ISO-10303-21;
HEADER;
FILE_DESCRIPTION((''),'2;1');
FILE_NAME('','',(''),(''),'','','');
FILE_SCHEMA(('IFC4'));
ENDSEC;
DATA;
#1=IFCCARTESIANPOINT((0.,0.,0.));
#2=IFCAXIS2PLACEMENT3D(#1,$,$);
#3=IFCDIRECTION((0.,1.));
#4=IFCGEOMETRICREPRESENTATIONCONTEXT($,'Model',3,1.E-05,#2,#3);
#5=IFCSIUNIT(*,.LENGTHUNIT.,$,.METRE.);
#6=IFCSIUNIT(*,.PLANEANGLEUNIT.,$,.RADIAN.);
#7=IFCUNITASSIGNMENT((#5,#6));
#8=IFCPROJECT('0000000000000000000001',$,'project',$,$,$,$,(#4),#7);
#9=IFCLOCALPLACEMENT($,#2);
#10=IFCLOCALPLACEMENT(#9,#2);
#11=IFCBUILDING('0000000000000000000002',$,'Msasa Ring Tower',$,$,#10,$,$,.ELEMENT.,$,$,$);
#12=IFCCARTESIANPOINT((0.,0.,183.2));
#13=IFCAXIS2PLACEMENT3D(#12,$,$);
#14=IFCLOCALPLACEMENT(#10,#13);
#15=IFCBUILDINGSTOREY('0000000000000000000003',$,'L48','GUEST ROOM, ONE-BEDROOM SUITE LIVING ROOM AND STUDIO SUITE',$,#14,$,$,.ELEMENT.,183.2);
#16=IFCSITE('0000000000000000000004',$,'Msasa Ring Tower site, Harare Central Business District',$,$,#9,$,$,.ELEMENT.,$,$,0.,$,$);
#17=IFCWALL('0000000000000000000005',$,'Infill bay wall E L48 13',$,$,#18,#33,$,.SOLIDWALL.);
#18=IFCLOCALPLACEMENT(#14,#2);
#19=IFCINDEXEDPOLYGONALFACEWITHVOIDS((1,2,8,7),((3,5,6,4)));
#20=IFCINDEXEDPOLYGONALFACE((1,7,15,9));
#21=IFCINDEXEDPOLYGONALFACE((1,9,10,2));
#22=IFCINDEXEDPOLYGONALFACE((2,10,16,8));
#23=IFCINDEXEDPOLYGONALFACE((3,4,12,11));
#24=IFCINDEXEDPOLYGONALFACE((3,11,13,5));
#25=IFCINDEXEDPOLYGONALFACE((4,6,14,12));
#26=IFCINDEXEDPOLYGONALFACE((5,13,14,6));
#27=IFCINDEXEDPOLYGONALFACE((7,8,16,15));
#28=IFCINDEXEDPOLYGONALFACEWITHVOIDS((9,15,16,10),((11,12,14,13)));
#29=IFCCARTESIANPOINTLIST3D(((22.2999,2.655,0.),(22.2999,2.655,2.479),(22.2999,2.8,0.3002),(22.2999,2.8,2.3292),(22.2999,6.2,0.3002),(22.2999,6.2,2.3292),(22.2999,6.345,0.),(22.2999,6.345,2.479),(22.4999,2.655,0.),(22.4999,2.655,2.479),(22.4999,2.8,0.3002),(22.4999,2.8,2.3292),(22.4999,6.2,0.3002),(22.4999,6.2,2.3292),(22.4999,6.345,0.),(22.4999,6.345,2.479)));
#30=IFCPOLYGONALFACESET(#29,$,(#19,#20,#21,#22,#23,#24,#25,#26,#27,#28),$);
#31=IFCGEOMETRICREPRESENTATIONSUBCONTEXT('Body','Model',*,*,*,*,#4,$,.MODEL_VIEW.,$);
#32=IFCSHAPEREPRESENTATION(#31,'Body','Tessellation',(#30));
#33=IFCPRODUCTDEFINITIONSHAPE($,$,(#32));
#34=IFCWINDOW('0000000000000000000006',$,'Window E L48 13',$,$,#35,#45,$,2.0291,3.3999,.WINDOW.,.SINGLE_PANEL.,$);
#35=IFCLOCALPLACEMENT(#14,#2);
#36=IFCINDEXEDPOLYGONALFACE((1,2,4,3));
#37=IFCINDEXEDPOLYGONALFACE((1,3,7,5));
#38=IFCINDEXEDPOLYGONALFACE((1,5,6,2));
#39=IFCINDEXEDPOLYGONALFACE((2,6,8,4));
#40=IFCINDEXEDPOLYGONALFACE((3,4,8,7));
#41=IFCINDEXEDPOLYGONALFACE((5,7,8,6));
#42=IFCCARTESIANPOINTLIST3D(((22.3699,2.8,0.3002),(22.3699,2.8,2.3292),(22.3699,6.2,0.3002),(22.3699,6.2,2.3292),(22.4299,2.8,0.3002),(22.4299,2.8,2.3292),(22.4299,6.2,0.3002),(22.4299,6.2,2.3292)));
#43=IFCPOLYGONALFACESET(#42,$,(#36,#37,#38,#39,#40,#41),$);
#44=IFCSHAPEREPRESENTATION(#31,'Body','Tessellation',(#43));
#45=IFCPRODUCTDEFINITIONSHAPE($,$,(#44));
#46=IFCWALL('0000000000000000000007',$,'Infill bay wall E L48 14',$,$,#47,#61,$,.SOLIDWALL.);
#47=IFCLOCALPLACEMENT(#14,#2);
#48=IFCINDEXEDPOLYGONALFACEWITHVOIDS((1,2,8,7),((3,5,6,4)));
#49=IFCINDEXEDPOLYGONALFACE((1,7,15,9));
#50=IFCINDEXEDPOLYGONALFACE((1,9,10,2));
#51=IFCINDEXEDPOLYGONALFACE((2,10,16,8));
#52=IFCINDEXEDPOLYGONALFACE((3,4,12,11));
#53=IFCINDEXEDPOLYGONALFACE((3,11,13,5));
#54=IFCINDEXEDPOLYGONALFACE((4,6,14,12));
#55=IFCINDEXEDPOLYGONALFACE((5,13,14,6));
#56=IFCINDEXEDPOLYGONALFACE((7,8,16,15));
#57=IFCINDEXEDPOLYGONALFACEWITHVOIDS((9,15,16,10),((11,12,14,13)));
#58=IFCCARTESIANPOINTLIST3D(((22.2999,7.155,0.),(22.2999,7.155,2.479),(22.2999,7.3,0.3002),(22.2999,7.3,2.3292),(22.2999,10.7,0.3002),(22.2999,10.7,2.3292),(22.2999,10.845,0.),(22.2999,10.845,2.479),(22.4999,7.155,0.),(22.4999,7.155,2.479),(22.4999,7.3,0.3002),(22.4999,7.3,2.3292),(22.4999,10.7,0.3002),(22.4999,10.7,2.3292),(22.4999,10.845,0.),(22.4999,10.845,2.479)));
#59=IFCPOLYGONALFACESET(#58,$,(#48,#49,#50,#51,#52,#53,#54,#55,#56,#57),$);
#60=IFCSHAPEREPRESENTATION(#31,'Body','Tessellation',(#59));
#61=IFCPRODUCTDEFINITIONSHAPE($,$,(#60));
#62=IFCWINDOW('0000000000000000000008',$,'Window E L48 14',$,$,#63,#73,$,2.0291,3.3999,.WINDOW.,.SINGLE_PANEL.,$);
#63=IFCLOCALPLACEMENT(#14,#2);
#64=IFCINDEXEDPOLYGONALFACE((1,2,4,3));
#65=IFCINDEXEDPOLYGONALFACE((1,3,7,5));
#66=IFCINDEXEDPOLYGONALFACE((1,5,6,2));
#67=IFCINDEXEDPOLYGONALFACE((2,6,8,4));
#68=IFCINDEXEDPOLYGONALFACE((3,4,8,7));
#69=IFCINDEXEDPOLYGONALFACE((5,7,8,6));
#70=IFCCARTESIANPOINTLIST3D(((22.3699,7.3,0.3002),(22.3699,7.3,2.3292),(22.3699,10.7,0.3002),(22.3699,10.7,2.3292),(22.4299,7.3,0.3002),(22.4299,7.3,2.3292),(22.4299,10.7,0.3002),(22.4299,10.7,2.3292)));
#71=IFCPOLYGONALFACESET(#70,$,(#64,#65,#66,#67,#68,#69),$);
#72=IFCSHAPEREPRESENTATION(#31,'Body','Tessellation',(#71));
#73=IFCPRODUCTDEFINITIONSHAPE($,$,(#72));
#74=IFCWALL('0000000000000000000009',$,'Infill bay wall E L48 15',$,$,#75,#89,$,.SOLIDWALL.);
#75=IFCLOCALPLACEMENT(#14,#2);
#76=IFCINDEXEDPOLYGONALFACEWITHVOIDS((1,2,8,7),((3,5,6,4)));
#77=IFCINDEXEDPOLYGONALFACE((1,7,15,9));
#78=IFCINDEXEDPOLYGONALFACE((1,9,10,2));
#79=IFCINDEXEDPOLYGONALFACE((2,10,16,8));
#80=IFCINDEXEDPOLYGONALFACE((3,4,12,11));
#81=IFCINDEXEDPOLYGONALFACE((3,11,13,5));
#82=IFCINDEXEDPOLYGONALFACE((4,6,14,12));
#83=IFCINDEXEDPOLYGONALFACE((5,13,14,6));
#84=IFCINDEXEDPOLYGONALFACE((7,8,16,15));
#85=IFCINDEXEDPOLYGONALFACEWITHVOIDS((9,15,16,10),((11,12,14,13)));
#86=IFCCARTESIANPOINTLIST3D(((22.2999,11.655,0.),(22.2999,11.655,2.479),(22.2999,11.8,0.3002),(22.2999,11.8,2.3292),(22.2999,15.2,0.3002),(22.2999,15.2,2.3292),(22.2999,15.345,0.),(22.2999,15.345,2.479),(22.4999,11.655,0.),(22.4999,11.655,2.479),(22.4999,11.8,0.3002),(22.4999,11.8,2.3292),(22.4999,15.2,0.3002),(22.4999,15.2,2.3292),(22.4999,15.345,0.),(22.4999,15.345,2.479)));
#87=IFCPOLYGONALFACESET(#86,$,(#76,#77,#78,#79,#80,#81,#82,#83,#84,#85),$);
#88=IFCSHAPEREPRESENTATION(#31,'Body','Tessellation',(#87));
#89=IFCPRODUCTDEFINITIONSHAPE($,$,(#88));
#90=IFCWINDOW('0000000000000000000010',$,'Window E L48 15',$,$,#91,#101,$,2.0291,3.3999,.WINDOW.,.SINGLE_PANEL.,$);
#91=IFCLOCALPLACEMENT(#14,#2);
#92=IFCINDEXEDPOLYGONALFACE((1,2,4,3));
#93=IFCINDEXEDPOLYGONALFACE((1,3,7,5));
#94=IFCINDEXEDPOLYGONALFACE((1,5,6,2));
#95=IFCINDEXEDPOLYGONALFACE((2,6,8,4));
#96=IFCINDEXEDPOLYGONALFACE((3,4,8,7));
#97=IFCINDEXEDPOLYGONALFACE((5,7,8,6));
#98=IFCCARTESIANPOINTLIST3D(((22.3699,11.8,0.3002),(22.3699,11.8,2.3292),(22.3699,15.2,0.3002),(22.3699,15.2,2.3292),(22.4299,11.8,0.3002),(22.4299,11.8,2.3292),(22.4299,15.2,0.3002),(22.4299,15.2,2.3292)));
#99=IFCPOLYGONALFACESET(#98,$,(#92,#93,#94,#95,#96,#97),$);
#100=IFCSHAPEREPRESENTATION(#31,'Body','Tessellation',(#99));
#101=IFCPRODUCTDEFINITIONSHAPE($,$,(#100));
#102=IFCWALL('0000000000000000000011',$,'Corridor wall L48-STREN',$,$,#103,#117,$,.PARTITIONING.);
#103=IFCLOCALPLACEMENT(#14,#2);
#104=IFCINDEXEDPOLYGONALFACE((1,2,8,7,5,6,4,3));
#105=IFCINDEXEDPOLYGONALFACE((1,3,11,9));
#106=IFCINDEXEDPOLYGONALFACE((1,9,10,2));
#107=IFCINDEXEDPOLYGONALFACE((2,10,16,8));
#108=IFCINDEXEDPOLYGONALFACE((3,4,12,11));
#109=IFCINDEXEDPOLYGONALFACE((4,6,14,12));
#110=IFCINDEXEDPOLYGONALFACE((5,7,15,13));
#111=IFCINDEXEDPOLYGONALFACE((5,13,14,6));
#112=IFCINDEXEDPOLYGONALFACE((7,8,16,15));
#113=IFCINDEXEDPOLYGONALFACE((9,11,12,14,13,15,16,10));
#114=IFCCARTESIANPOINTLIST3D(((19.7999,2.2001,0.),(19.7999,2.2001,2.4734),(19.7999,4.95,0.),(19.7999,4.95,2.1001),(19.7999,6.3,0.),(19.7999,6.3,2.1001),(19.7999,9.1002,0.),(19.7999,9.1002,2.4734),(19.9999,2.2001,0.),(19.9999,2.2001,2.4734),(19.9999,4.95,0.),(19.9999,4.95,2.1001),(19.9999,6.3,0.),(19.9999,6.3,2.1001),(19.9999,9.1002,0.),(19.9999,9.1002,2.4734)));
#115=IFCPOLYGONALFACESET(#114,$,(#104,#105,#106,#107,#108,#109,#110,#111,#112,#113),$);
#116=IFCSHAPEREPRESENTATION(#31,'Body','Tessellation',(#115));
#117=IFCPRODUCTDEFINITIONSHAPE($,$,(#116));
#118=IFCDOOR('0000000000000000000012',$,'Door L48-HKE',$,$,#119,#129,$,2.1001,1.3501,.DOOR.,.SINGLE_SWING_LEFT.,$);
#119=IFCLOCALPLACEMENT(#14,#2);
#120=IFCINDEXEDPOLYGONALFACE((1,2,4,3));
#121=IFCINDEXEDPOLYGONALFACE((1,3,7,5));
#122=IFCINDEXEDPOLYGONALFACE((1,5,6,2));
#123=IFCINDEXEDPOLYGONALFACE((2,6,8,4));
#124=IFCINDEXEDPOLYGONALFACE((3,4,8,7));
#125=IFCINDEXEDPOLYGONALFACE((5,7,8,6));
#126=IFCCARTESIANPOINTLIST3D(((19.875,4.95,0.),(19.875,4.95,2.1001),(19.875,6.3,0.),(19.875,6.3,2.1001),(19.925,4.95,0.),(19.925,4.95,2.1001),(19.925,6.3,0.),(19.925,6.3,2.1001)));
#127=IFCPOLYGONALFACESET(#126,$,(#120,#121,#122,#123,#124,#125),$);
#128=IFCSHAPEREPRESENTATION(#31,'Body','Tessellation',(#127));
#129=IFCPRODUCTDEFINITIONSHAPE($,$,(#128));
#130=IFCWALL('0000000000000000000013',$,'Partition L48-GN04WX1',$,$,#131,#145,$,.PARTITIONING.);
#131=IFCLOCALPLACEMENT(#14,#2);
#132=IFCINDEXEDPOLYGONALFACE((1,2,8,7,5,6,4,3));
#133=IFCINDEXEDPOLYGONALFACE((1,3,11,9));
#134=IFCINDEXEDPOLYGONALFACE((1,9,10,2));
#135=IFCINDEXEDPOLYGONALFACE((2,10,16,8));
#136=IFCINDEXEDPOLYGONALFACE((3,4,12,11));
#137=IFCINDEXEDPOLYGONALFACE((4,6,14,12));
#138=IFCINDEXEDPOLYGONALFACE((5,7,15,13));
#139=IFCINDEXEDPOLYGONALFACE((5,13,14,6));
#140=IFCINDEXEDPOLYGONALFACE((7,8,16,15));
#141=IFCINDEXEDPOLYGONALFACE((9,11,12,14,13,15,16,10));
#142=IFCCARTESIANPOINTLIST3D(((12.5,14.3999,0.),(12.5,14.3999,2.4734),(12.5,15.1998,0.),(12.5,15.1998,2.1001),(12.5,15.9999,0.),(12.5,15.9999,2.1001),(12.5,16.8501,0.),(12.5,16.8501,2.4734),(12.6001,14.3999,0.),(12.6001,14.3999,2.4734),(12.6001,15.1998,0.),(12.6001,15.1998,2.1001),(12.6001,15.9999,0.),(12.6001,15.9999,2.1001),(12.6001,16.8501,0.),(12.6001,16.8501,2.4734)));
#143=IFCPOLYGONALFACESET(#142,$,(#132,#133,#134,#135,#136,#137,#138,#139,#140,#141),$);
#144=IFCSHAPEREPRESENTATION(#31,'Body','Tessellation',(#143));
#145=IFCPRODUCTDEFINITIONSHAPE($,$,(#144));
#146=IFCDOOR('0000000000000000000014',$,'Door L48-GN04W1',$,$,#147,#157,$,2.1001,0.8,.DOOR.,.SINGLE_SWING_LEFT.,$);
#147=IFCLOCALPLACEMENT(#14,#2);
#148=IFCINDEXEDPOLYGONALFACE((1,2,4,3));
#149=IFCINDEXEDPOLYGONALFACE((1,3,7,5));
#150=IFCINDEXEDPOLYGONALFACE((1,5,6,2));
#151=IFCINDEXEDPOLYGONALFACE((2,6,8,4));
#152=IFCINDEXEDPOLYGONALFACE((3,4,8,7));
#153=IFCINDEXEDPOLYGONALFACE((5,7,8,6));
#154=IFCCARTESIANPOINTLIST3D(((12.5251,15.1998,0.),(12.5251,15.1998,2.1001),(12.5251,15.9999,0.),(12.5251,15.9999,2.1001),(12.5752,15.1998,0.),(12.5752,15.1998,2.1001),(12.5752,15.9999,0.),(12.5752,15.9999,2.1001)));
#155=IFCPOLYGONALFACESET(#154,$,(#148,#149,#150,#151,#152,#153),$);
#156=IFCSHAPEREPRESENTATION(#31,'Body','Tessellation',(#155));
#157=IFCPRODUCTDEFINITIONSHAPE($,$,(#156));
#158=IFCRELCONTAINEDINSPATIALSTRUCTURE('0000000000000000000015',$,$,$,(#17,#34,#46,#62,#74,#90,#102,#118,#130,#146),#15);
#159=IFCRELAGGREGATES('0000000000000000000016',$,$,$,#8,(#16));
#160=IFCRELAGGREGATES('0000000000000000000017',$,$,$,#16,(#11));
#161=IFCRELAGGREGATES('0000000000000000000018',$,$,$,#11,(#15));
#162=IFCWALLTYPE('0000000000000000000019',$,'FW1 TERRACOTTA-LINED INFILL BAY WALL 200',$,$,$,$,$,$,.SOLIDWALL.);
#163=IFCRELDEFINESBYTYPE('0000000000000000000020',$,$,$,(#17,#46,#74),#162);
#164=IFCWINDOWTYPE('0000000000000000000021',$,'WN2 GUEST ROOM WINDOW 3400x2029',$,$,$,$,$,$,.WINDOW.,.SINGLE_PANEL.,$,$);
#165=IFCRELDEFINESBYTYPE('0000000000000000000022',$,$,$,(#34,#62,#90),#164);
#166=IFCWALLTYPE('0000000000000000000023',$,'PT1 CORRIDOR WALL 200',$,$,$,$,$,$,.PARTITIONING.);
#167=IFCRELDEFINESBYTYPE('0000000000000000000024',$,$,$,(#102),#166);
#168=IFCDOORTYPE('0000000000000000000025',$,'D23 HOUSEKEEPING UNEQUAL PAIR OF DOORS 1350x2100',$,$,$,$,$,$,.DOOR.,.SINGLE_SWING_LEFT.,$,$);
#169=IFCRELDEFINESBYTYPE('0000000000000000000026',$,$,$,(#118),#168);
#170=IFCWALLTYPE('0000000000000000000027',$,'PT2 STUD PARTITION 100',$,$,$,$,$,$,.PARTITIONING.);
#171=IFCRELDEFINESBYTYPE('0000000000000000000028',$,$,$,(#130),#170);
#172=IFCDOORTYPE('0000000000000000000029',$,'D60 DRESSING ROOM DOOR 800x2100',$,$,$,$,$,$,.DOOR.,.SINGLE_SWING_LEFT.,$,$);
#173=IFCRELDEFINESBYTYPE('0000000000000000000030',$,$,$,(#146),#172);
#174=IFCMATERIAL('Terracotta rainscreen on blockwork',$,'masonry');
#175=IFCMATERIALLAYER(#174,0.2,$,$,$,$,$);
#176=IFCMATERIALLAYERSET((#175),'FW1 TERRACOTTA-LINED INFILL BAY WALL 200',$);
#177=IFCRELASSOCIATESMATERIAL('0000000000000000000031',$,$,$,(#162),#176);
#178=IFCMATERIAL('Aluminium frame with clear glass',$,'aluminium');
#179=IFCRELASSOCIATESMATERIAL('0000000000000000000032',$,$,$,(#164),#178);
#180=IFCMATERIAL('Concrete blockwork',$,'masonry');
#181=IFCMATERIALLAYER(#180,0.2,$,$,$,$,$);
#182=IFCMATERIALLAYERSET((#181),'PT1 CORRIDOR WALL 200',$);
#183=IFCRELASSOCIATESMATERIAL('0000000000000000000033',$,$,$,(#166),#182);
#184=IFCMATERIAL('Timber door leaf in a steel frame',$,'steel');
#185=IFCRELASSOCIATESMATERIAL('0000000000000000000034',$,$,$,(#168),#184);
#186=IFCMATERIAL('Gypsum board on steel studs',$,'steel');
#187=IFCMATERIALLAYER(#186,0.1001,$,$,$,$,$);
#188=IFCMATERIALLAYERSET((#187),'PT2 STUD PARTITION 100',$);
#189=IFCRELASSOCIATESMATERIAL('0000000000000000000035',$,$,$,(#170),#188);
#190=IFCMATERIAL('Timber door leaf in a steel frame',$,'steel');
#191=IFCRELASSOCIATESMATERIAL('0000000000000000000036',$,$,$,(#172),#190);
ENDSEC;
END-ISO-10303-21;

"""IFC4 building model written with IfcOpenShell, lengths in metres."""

from ifc_helpers import new_model, si_unit, direction, frame, frame_2d, origin, place, context, subcontext, project, spatial, rectangle, extrude, material, layer, layer_set, type_object, element, fill, save


model = new_model("IFC4")

# Units and contexts
model_context = context("Model", 3, precision=1e-05, world=origin(), true_north=direction((0.0, 1.0)))
body_context = subcontext(model_context, "Body", "Model", "MODEL_VIEW")
ifc_project = project(units=[si_unit("LENGTHUNIT", "METRE"), si_unit("PLANEANGLEUNIT", "RADIAN")], contexts=[model_context])

# Site, building, storey
site_placement = place(None, origin())
site = spatial("IfcSite", under=ifc_project, at=site_placement, Name="Msasa Ring Tower site, Harare Central Business District", CompositionType="ELEMENT", RefElevation=0.0)
building_placement = place(site_placement, origin())
building = spatial("IfcBuilding", under=site, at=building_placement, Name="Msasa Ring Tower", CompositionType="ELEMENT")
storey_placement = place(building_placement, frame((0.0, 0.0, 183.2)))
storey = spatial("IfcBuildingStorey", under=building, at=storey_placement, Name="L48", Description="GUEST ROOM, ONE-BEDROOM SUITE LIVING ROOM AND STUDIO SUITE", CompositionType="ELEMENT", Elevation=183.2)

# Walls, openings, windows
ifc_material_1 = material(Name="Terracotta rainscreen on blockwork", Category="masonry")
ifc_layer_1 = layer(ifc_material_1, 0.2)
ifc_layer_set_1 = layer_set([ifc_layer_1], Name="FW1 TERRACOTTA-LINED INFILL BAY WALL 200")
wall_type_1 = type_object("IfcWallType", Name="FW1 TERRACOTTA-LINED INFILL BAY WALL 200", PredefinedType="SOLIDWALL", material=ifc_layer_set_1)
wall_1_placement = place(storey_placement, frame((22.3999, 2.655, 0.0), z_axis=(0.0, 0.0, 1.0), x_axis=(0.0, 1.0, 0.0)))
wall_1 = element("IfcWall", 1, at=wall_1_placement, inside=storey, type_object=wall_type_1, Name="Infill bay wall E L48 13", PredefinedType="SOLIDWALL", context=body_context, shape_type="SweptSolid", body=[
    extrude(rectangle(XDim=3.6899, YDim=0.2, at=frame_2d((1.845, 0.0))), origin(), (0.0, 0.0, 1.0), 2.479),
])
opening_1_placement = place(wall_1_placement, frame((0.145, 0.0, 0.3)))
opening_1 = element("IfcOpeningElement", 2, at=opening_1_placement, cuts=wall_1, PredefinedType="OPENING", context=body_context, shape_type="SweptSolid", body=[
    extrude(rectangle(XDim=3.3999, YDim=2.0291, at=frame_2d((1.7, 1.0146))), frame((0.0, 0.1099, 0.0), z_axis=(0.0, -1.0, 0.0), x_axis=(1.0, 0.0, 0.0)), (0.0, 0.0, 1.0), 0.22),
])
ifc_material_2 = material(Name="Aluminium frame with clear glass", Category="aluminium")
window_type = type_object("IfcWindowType", Name="WN2 GUEST ROOM WINDOW 3400x2029", PartitioningType="SINGLE_PANEL", PredefinedType="WINDOW", material=ifc_material_2)
window_1_placement = place(opening_1_placement, origin())
window_1 = element("IfcWindow", 3, at=window_1_placement, inside=storey, type_object=window_type, Name="Window E L48 13", OverallHeight=2.0291, OverallWidth=3.3999, PartitioningType="SINGLE_PANEL", PredefinedType="WINDOW", context=body_context, shape_type="SweptSolid", body=[
    extrude(rectangle(XDim=3.3999, YDim=2.0291, at=frame_2d((1.7, 1.0146))), frame((0.0, 0.03, 0.0), z_axis=(0.0, -1.0, 0.0), x_axis=(1.0, 0.0, 0.0)), (0.0, 0.0, 1.0), 0.0601),
])
fill(opening_1, window_1)
wall_2_placement = place(storey_placement, frame((22.3999, 7.155, 0.0), z_axis=(0.0, 0.0, 1.0), x_axis=(0.0, 1.0, 0.0)))
wall_2 = element("IfcWall", 4, at=wall_2_placement, inside=storey, type_object=wall_type_1, Name="Infill bay wall E L48 14", PredefinedType="SOLIDWALL", context=body_context, shape_type="SweptSolid", body=[
    extrude(rectangle(XDim=3.6899, YDim=0.2, at=frame_2d((1.845, 0.0))), origin(), (0.0, 0.0, 1.0), 2.479),
])
opening_2_placement = place(wall_2_placement, frame((0.145, 0.0, 0.3)))
opening_2 = element("IfcOpeningElement", 5, at=opening_2_placement, cuts=wall_2, PredefinedType="OPENING", context=body_context, shape_type="SweptSolid", body=[
    extrude(rectangle(XDim=3.3999, YDim=2.0291, at=frame_2d((1.7, 1.0146))), frame((0.0, 0.1099, 0.0), z_axis=(0.0, -1.0, 0.0), x_axis=(1.0, 0.0, 0.0)), (0.0, 0.0, 1.0), 0.22),
])
window_2_placement = place(opening_2_placement, origin())
window_2 = element("IfcWindow", 6, at=window_2_placement, inside=storey, type_object=window_type, Name="Window E L48 14", OverallHeight=2.0291, OverallWidth=3.3999, PartitioningType="SINGLE_PANEL", PredefinedType="WINDOW", context=body_context, shape_type="SweptSolid", body=[
    extrude(rectangle(XDim=3.3999, YDim=2.0291, at=frame_2d((1.7, 1.0146))), frame((0.0, 0.03, 0.0), z_axis=(0.0, -1.0, 0.0), x_axis=(1.0, 0.0, 0.0)), (0.0, 0.0, 1.0), 0.0601),
])
fill(opening_2, window_2)
wall_3_placement = place(storey_placement, frame((22.3999, 11.655, 0.0), z_axis=(0.0, 0.0, 1.0), x_axis=(0.0, 1.0, 0.0)))
wall_3 = element("IfcWall", 7, at=wall_3_placement, inside=storey, type_object=wall_type_1, Name="Infill bay wall E L48 15", PredefinedType="SOLIDWALL", context=body_context, shape_type="SweptSolid", body=[
    extrude(rectangle(XDim=3.6899, YDim=0.2, at=frame_2d((1.845, 0.0))), origin(), (0.0, 0.0, 1.0), 2.479),
])
opening_3_placement = place(wall_3_placement, frame((0.145, 0.0, 0.3)))
opening_3 = element("IfcOpeningElement", 8, at=opening_3_placement, cuts=wall_3, PredefinedType="OPENING", context=body_context, shape_type="SweptSolid", body=[
    extrude(rectangle(XDim=3.3999, YDim=2.0291, at=frame_2d((1.7, 1.0146))), frame((0.0, 0.1099, 0.0), z_axis=(0.0, -1.0, 0.0), x_axis=(1.0, 0.0, 0.0)), (0.0, 0.0, 1.0), 0.22),
])
window_3_placement = place(opening_3_placement, origin())
window_3 = element("IfcWindow", 9, at=window_3_placement, inside=storey, type_object=window_type, Name="Window E L48 15", OverallHeight=2.0291, OverallWidth=3.3999, PartitioningType="SINGLE_PANEL", PredefinedType="WINDOW", context=body_context, shape_type="SweptSolid", body=[
    extrude(rectangle(XDim=3.3999, YDim=2.0291, at=frame_2d((1.7, 1.0146))), frame((0.0, 0.03, 0.0), z_axis=(0.0, -1.0, 0.0), x_axis=(1.0, 0.0, 0.0)), (0.0, 0.0, 1.0), 0.0601),
])
fill(opening_3, window_3)

# Walls, openings, doors
ifc_material_3 = material(Name="Concrete blockwork", Category="masonry")
ifc_layer_2 = layer(ifc_material_3, 0.2)
ifc_layer_set_2 = layer_set([ifc_layer_2], Name="PT1 CORRIDOR WALL 200")
wall_type_2 = type_object("IfcWallType", Name="PT1 CORRIDOR WALL 200", PredefinedType="PARTITIONING", material=ifc_layer_set_2)
wall_4_placement = place(storey_placement, frame((19.8999, 2.2, 0.0), z_axis=(0.0, 0.0, 1.0), x_axis=(0.0, 1.0, 0.0)))
wall_4 = element("IfcWall", 10, at=wall_4_placement, inside=storey, type_object=wall_type_2, Name="Corridor wall L48-STREN", PredefinedType="PARTITIONING", context=body_context, shape_type="SweptSolid", body=[
    extrude(rectangle(XDim=6.9001, YDim=0.2, at=frame_2d((3.4502, 0.0))), origin(), (0.0, 0.0, 1.0), 2.4734),
])
opening_4_placement = place(wall_4_placement, frame((2.75, 0.0, 0.0)))
opening_4 = element("IfcOpeningElement", 11, at=opening_4_placement, cuts=wall_4, PredefinedType="OPENING", context=body_context, shape_type="SweptSolid", body=[
    extrude(rectangle(XDim=1.3501, YDim=2.1001, at=frame_2d((0.675, 1.05))), frame((0.0, 0.1099, 0.0), z_axis=(0.0, -1.0, 0.0), x_axis=(1.0, 0.0, 0.0)), (0.0, 0.0, 1.0), 0.22),
])
ifc_material_4 = material(Name="Timber door leaf in a steel frame", Category="steel")
door_type_1 = type_object("IfcDoorType", Name="D23 HOUSEKEEPING UNEQUAL PAIR OF DOORS 1350x2100", OperationType="SINGLE_SWING_LEFT", PredefinedType="DOOR", material=ifc_material_4)
door_1_placement = place(opening_4_placement, origin())
door_1 = element("IfcDoor", 12, at=door_1_placement, inside=storey, type_object=door_type_1, Name="Door L48-HKE", OperationType="SINGLE_SWING_LEFT", OverallHeight=2.1001, OverallWidth=1.3501, PredefinedType="DOOR", context=body_context, shape_type="SweptSolid", body=[
    extrude(rectangle(XDim=1.3501, YDim=2.1001, at=frame_2d((0.675, 1.05))), frame((0.0, 0.0249, 0.0), z_axis=(0.0, -1.0, 0.0), x_axis=(1.0, 0.0, 0.0)), (0.0, 0.0, 1.0), 0.05),
])
fill(opening_4, door_1)
ifc_material_5 = material(Name="Gypsum board on steel studs", Category="steel")
ifc_layer_3 = layer(ifc_material_5, 0.1001)
ifc_layer_set_3 = layer_set([ifc_layer_3], Name="PT2 STUD PARTITION 100")
wall_type_3 = type_object("IfcWallType", Name="PT2 STUD PARTITION 100", PredefinedType="PARTITIONING", material=ifc_layer_set_3)
wall_5_placement = place(storey_placement, frame((12.55, 14.3999, 0.0), z_axis=(0.0, 0.0, 1.0), x_axis=(0.0, 1.0, 0.0)))
wall_5 = element("IfcWall", 13, at=wall_5_placement, inside=storey, type_object=wall_type_3, Name="Partition L48-GN04WX1", PredefinedType="PARTITIONING", context=body_context, shape_type="SweptSolid", body=[
    extrude(rectangle(XDim=2.4502, YDim=0.1001, at=frame_2d((1.2251, 0.0))), origin(), (0.0, 0.0, 1.0), 2.4734),
])
opening_5_placement = place(wall_5_placement, frame((0.8, 0.0, 0.0)))
opening_5 = element("IfcOpeningElement", 14, at=opening_5_placement, cuts=wall_5, PredefinedType="OPENING", context=body_context, shape_type="SweptSolid", body=[
    extrude(rectangle(XDim=0.8, YDim=2.1001, at=frame_2d((0.3999, 1.05))), frame((0.0, 0.0601, 0.0), z_axis=(0.0, -1.0, 0.0), x_axis=(1.0, 0.0, 0.0)), (0.0, 0.0, 1.0), 0.1201),
])
ifc_material_6 = material(Name="Timber door leaf in a steel frame", Category="steel")
door_type_2 = type_object("IfcDoorType", Name="D60 DRESSING ROOM DOOR 800x2100", OperationType="SINGLE_SWING_LEFT", PredefinedType="DOOR", material=ifc_material_6)
door_2_placement = place(opening_5_placement, origin())
door_2 = element("IfcDoor", 15, at=door_2_placement, inside=storey, type_object=door_type_2, Name="Door L48-GN04W1", OperationType="SINGLE_SWING_LEFT", OverallHeight=2.1001, OverallWidth=0.8, PredefinedType="DOOR", context=body_context, shape_type="SweptSolid", body=[
    extrude(rectangle(XDim=0.8, YDim=2.1001, at=frame_2d((0.3999, 1.05))), frame((0.0, 0.0249, 0.0), z_axis=(0.0, -1.0, 0.0), x_axis=(1.0, 0.0, 0.0)), (0.0, 0.0, 1.0), 0.05),
])
fill(opening_5, door_2)

save(model, "model.ifc")
